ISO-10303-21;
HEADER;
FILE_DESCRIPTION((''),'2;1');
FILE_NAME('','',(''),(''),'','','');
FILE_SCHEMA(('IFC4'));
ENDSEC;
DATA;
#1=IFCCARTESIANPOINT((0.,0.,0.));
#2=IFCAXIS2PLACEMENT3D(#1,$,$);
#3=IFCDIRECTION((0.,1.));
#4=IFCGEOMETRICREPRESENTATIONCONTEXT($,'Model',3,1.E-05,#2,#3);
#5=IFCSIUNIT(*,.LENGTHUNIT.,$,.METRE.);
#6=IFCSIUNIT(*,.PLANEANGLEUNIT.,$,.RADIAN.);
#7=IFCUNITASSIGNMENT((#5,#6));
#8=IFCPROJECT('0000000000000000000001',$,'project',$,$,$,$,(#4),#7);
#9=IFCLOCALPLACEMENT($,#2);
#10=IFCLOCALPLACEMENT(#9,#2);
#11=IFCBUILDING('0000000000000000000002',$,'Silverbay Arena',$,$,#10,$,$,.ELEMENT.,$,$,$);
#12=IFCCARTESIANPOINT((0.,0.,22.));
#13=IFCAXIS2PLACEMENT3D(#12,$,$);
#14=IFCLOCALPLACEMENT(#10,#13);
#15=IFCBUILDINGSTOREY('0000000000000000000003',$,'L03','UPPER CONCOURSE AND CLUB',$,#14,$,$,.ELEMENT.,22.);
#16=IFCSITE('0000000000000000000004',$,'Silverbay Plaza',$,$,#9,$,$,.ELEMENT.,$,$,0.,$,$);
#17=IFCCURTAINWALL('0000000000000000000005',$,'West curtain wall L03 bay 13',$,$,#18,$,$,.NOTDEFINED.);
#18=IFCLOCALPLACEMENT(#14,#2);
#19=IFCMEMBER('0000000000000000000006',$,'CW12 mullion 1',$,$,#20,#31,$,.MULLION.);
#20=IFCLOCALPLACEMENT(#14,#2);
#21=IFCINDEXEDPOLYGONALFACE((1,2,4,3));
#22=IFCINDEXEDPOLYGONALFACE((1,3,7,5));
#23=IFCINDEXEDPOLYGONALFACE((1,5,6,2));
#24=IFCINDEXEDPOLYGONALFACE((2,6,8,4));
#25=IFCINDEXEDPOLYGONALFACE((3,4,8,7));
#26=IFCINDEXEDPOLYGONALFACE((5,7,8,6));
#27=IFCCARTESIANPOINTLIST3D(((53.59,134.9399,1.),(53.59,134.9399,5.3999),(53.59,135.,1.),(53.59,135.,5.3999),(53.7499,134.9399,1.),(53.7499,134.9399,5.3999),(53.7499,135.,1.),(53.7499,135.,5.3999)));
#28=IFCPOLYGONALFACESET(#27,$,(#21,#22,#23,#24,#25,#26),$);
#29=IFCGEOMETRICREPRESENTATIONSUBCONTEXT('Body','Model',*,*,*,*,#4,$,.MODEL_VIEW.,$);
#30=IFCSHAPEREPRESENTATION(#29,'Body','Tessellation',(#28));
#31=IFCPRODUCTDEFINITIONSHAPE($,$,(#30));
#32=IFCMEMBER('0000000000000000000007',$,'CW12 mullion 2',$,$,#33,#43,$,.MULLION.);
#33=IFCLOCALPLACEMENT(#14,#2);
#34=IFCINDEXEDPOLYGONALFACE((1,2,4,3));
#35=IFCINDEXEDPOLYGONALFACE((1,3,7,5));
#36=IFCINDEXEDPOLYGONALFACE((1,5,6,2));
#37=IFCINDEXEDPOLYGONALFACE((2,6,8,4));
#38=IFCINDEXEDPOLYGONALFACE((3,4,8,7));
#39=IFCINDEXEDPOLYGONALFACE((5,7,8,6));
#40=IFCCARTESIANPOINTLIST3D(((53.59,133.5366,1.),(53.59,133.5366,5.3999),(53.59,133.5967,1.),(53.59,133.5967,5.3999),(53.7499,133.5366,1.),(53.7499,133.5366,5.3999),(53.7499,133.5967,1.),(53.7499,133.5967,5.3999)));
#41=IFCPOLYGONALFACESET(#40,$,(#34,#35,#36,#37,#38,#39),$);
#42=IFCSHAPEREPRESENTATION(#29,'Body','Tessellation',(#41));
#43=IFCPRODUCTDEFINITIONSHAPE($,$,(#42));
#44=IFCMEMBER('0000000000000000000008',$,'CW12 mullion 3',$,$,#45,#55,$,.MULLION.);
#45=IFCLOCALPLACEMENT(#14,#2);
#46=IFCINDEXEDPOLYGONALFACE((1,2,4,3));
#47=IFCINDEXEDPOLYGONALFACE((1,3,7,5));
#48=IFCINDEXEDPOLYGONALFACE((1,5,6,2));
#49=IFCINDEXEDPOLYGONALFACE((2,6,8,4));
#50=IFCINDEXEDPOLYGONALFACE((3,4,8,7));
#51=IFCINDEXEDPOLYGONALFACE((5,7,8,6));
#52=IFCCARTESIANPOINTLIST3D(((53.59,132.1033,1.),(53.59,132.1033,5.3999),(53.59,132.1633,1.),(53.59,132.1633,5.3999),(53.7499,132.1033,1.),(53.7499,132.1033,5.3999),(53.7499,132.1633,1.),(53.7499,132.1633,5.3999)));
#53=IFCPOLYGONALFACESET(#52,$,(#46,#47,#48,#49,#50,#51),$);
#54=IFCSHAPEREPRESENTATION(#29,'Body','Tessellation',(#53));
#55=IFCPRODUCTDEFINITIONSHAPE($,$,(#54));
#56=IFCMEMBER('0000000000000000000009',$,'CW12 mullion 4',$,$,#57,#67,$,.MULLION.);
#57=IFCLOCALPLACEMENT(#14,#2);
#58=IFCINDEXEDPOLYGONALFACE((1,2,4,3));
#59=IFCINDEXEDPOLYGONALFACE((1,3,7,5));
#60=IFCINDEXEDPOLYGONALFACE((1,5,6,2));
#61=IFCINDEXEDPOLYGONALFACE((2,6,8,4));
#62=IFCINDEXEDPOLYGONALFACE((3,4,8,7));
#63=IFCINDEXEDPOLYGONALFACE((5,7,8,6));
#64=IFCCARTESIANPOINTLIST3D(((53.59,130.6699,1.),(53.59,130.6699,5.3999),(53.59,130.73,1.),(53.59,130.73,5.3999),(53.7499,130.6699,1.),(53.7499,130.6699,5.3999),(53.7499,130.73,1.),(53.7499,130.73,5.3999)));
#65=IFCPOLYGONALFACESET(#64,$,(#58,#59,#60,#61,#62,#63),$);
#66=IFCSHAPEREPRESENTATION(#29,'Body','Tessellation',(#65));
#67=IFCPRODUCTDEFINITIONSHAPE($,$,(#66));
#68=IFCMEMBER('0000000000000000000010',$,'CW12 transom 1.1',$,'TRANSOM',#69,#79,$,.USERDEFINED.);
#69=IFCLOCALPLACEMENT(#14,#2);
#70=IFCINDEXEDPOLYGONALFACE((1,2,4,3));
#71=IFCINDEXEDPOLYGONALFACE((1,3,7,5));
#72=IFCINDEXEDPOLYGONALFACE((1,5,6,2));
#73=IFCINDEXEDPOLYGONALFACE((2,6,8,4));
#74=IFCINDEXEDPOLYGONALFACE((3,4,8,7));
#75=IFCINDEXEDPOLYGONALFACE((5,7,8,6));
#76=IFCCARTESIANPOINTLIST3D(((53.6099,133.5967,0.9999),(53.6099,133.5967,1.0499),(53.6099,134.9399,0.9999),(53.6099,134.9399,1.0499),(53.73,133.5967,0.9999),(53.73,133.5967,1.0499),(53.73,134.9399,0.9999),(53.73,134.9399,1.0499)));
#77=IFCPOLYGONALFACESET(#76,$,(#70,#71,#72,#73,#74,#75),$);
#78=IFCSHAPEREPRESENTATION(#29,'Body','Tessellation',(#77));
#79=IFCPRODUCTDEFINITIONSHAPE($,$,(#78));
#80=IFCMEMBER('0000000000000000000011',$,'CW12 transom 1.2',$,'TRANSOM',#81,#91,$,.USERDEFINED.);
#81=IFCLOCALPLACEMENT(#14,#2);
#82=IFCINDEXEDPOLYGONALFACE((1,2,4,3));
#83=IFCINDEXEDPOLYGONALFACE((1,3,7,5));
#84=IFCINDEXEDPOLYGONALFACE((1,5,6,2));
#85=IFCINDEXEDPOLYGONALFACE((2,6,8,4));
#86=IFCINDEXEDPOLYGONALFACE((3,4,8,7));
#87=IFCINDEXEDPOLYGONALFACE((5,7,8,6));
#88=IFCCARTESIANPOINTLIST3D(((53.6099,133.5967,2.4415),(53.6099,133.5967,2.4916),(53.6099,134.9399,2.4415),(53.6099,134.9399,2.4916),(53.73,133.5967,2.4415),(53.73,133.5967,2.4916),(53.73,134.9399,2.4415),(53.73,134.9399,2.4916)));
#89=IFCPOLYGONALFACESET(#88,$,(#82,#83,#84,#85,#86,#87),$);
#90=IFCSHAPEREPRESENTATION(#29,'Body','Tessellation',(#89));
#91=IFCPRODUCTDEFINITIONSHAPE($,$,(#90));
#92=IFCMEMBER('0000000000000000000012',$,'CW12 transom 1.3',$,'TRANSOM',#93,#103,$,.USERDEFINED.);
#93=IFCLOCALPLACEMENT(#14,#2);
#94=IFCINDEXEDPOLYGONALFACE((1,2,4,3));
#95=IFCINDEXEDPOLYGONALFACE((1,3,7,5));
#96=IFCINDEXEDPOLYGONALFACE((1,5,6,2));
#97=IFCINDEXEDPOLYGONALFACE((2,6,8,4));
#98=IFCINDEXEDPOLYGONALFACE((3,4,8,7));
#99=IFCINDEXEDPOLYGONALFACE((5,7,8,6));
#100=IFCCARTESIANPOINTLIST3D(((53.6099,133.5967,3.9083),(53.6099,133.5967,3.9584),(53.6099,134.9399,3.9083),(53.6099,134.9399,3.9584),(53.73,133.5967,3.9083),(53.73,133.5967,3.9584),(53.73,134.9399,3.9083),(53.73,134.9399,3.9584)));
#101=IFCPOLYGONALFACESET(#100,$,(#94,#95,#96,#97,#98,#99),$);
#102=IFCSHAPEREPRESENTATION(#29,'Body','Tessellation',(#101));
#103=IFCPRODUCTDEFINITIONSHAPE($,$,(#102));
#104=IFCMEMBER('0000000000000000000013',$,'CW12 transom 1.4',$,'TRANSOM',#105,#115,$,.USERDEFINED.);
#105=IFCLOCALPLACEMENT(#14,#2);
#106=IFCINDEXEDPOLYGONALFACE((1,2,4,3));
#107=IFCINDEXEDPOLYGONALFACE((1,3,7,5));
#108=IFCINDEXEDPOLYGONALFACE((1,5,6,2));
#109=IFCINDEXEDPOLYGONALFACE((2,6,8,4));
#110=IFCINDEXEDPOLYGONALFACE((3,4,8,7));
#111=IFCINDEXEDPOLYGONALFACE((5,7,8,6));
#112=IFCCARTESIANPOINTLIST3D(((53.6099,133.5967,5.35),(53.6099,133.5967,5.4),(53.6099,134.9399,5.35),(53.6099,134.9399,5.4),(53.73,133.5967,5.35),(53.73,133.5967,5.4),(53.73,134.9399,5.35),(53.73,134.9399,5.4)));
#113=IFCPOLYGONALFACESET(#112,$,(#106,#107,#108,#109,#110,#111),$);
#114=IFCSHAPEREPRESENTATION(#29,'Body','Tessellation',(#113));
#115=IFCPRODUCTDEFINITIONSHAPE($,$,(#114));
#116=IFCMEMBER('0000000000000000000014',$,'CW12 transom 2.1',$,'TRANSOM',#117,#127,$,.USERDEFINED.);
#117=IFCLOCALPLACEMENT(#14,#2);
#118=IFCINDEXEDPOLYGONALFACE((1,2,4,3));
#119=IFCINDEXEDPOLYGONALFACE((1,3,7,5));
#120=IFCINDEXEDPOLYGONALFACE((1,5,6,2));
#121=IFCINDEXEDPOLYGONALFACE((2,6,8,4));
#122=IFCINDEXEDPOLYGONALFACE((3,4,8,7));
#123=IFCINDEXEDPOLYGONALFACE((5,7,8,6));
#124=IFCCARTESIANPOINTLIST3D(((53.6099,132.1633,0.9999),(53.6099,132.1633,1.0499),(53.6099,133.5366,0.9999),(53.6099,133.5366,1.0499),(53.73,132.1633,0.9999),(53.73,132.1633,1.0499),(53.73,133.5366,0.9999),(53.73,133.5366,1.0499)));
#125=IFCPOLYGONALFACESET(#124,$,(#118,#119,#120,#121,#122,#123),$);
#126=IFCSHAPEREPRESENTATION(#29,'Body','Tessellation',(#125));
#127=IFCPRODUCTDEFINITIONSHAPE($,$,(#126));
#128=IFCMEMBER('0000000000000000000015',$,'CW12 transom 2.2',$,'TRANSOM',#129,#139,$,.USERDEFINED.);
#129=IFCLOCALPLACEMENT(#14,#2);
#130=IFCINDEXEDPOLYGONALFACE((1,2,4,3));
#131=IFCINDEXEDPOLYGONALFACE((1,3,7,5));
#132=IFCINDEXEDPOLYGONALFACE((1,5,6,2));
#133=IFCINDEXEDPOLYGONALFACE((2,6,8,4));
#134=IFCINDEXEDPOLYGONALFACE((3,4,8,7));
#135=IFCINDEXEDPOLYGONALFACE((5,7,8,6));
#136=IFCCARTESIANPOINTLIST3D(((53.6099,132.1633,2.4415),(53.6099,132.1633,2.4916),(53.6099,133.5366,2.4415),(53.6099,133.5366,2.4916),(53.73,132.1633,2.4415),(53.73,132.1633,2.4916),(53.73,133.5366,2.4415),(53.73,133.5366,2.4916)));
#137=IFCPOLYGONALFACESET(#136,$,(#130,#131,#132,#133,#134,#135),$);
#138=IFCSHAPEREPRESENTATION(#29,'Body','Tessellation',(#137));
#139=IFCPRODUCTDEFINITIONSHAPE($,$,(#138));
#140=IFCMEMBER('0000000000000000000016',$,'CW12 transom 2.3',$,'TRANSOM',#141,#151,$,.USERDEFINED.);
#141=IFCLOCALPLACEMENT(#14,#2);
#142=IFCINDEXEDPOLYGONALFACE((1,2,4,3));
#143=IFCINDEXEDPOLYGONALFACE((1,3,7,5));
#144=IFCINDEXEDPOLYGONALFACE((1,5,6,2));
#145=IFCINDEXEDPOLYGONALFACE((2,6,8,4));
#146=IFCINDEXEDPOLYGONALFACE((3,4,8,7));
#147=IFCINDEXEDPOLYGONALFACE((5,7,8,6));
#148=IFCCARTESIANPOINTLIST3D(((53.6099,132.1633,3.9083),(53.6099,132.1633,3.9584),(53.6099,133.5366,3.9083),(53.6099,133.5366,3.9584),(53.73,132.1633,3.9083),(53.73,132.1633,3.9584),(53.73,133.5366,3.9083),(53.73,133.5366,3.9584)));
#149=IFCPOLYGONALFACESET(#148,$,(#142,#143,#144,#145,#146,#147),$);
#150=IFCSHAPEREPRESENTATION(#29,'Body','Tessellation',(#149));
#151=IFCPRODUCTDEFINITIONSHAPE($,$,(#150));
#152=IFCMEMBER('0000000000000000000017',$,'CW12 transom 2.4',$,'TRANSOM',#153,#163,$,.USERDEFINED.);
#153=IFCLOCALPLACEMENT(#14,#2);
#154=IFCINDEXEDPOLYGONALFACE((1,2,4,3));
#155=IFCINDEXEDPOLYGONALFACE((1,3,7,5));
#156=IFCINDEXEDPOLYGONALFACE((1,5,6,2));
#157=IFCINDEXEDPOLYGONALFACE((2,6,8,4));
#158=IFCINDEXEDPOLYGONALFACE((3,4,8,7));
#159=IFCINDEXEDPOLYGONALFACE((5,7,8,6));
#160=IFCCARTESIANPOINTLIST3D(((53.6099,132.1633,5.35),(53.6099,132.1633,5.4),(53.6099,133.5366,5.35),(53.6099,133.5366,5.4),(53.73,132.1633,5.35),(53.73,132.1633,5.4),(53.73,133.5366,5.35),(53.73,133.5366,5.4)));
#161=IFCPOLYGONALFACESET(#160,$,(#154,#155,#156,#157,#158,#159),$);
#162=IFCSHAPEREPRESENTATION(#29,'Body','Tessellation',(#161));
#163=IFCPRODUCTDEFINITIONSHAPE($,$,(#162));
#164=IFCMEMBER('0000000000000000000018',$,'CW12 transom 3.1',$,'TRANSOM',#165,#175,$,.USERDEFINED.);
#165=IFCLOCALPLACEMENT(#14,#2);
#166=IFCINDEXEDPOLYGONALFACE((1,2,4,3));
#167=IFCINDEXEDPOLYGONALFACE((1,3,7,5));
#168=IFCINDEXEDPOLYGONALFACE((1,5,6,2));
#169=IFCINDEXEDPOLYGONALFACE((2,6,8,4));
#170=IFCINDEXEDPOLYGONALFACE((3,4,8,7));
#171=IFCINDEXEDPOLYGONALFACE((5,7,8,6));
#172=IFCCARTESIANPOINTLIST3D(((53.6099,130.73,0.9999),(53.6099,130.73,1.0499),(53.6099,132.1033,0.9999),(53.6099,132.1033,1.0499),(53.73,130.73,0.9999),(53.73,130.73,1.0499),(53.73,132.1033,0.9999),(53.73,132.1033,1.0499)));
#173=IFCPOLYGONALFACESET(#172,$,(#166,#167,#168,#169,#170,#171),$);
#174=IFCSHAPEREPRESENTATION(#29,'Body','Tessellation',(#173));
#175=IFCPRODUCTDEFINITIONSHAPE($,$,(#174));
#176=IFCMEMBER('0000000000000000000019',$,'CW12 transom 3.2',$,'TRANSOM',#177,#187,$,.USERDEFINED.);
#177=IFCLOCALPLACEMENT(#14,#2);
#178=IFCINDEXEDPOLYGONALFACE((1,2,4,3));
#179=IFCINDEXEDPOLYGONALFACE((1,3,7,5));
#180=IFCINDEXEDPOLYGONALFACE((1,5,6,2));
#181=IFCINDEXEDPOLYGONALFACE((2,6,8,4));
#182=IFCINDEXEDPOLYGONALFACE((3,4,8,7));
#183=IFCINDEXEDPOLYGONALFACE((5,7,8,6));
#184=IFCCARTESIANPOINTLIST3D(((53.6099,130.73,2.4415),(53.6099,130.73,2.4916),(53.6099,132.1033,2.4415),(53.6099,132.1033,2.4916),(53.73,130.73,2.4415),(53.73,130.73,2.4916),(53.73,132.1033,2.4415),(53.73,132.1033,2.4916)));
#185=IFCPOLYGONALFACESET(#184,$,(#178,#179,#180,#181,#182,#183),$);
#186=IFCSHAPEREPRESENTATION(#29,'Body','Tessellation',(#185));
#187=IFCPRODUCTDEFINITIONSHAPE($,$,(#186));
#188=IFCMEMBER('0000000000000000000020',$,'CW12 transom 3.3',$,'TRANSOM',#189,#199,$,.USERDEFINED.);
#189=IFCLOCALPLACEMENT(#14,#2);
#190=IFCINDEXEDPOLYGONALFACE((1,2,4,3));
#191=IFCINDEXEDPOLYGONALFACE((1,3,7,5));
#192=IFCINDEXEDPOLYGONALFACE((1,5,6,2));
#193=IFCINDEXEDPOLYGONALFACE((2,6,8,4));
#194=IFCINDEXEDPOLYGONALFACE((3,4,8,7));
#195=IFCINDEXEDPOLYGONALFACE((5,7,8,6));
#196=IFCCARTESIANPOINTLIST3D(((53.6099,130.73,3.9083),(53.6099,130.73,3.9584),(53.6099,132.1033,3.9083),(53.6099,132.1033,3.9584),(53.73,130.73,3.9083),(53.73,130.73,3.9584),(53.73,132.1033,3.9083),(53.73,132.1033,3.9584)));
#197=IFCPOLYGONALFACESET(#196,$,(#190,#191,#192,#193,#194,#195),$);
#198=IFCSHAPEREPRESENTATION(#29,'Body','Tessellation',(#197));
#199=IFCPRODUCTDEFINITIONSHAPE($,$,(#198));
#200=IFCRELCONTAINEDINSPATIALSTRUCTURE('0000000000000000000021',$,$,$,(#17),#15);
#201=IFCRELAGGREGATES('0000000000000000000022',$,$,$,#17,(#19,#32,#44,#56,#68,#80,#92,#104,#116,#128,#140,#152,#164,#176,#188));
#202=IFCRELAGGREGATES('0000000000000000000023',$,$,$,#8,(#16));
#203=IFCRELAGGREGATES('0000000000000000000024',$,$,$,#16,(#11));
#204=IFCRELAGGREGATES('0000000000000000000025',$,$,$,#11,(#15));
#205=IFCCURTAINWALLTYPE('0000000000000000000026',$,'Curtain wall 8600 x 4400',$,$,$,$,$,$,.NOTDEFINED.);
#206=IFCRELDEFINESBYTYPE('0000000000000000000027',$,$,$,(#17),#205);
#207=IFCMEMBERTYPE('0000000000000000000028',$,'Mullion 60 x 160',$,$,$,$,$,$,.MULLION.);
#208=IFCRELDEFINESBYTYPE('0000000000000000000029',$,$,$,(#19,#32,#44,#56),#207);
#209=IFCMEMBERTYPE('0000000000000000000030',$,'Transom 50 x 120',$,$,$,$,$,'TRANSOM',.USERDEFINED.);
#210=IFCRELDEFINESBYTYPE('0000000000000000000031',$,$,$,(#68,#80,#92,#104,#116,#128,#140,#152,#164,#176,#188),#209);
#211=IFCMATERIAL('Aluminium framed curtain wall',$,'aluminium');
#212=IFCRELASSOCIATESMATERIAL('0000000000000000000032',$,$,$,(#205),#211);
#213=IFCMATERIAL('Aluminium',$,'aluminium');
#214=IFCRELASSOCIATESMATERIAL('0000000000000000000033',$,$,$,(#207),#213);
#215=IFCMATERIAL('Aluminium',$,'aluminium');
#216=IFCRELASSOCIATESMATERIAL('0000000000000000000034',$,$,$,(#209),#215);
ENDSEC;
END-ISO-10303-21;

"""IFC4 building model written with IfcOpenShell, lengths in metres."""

from ifc_helpers import new_model, si_unit, direction, frame, origin, origin_2d, place, context, subcontext, project, spatial, rectangle, extrude, material, material_profile, profile_set, type_object, element, aggregate, save


model = new_model("IFC4")

# Units and contexts
model_context = context("Model", 3, precision=1e-05, world=origin(), true_north=direction((0.0, 1.0)))
body_context = subcontext(model_context, "Body", "Model", "MODEL_VIEW")
ifc_project = project(units=[si_unit("LENGTHUNIT", "METRE"), si_unit("PLANEANGLEUNIT", "RADIAN")], contexts=[model_context])

# Site, building, storey
site_placement = place(None, origin())
site = spatial("IfcSite", under=ifc_project, at=site_placement, Name="Silverbay Plaza", CompositionType="ELEMENT", RefElevation=0.0)
building_placement = place(site_placement, origin())
building = spatial("IfcBuilding", under=site, at=building_placement, Name="Silverbay Arena", CompositionType="ELEMENT")
storey_placement = place(building_placement, frame((0.0, 0.0, 22.0)))
storey = spatial("IfcBuildingStorey", under=building, at=storey_placement, Name="L03", Description="UPPER CONCOURSE AND CLUB", CompositionType="ELEMENT", Elevation=22.0)

# Curtain wall, members
ifc_material_1 = material(Name="Aluminium framed curtain wall", Category="aluminium")
curtain_wall_type = type_object("IfcCurtainWallType", Name="Curtain wall 8600 x 4400", PredefinedType="NOTDEFINED", material=ifc_material_1)
curtain_wall_placement = place(storey_placement, origin())
curtain_wall = element("IfcCurtainWall", 1, at=curtain_wall_placement, inside=storey, type_object=curtain_wall_type, Name="West curtain wall L03 bay 13", PredefinedType="NOTDEFINED")
ifc_material_2 = material(Name="Aluminium", Category="aluminium")
ifc_material_profile_1 = material_profile(ifc_material_2, rectangle(XDim=0.1599, YDim=0.0601, at=origin_2d()), Name="Mullion 60 x 160")
ifc_profile_set_1 = profile_set([ifc_material_profile_1], Name="Aluminium")
member_type_1 = type_object("IfcMemberType", Name="Mullion 60 x 160", PredefinedType="MULLION", material=ifc_profile_set_1)
member_1_placement = place(storey_placement, frame((53.6699, 134.97, 1.0), z_axis=(0.0, 0.0, 1.0), x_axis=(1.0, 0.0, 0.0)))
member_1 = element("IfcMember", 2, at=member_1_placement, type_object=member_type_1, Name="CW12 mullion 1", PredefinedType="MULLION", context=body_context, shape_type="SweptSolid", body=[
    extrude(rectangle(XDim=0.1599, YDim=0.0601, at=origin_2d()), origin(), (0.0, 0.0, 1.0), 4.3999),
])
member_2_placement = place(storey_placement, frame((53.6699, 133.5667, 1.0), z_axis=(0.0, 0.0, 1.0), x_axis=(1.0, 0.0, 0.0)))
member_2 = element("IfcMember", 3, at=member_2_placement, type_object=member_type_1, Name="CW12 mullion 2", PredefinedType="MULLION", context=body_context, shape_type="SweptSolid", body=[
    extrude(rectangle(XDim=0.1599, YDim=0.0601, at=origin_2d()), origin(), (0.0, 0.0, 1.0), 4.3999),
])
member_3_placement = place(storey_placement, frame((53.6699, 132.1333, 1.0), z_axis=(0.0, 0.0, 1.0), x_axis=(1.0, 0.0, 0.0)))
member_3 = element("IfcMember", 4, at=member_3_placement, type_object=member_type_1, Name="CW12 mullion 3", PredefinedType="MULLION", context=body_context, shape_type="SweptSolid", body=[
    extrude(rectangle(XDim=0.1599, YDim=0.0601, at=origin_2d()), origin(), (0.0, 0.0, 1.0), 4.3999),
])
member_4_placement = place(storey_placement, frame((53.6699, 130.7, 1.0), z_axis=(0.0, 0.0, 1.0), x_axis=(1.0, 0.0, 0.0)))
member_4 = element("IfcMember", 5, at=member_4_placement, type_object=member_type_1, Name="CW12 mullion 4", PredefinedType="MULLION", context=body_context, shape_type="SweptSolid", body=[
    extrude(rectangle(XDim=0.1599, YDim=0.0601, at=origin_2d()), origin(), (0.0, 0.0, 1.0), 4.3999),
])
ifc_material_3 = material(Name="Aluminium", Category="aluminium")
ifc_material_profile_2 = material_profile(ifc_material_3, rectangle(XDim=0.1201, YDim=0.05, at=origin_2d()), Name="Transom 50 x 120")
ifc_profile_set_2 = profile_set([ifc_material_profile_2], Name="Aluminium")
member_type_2 = type_object("IfcMemberType", Name="Transom 50 x 120", ElementType="TRANSOM", PredefinedType="USERDEFINED", material=ifc_profile_set_2)
member_5_placement = place(storey_placement, frame((53.6699, 134.9399, 1.0249), z_axis=(0.0, -1.0, 0.0), x_axis=(1.0, 0.0, 0.0)))
member_5 = element("IfcMember", 6, at=member_5_placement, type_object=member_type_2, Name="CW12 transom 1.1", ObjectType="TRANSOM", PredefinedType="USERDEFINED", context=body_context, shape_type="SweptSolid", body=[
    extrude(rectangle(XDim=0.1201, YDim=0.05, at=origin_2d()), origin(), (0.0, 0.0, 1.0), 1.3433),
])
member_6_placement = place(storey_placement, frame((53.6699, 134.9399, 2.4666), z_axis=(0.0, -1.0, 0.0), x_axis=(1.0, 0.0, 0.0)))
member_6 = element("IfcMember", 7, at=member_6_placement, type_object=member_type_2, Name="CW12 transom 1.2", ObjectType="TRANSOM", PredefinedType="USERDEFINED", context=body_context, shape_type="SweptSolid", body=[
    extrude(rectangle(XDim=0.1201, YDim=0.05, at=origin_2d()), origin(), (0.0, 0.0, 1.0), 1.3433),
])
member_7_placement = place(storey_placement, frame((53.6699, 134.9399, 3.9333), z_axis=(0.0, -1.0, 0.0), x_axis=(1.0, 0.0, 0.0)))
member_7 = element("IfcMember", 8, at=member_7_placement, type_object=member_type_2, Name="CW12 transom 1.3", ObjectType="TRANSOM", PredefinedType="USERDEFINED", context=body_context, shape_type="SweptSolid", body=[
    extrude(rectangle(XDim=0.1201, YDim=0.05, at=origin_2d()), origin(), (0.0, 0.0, 1.0), 1.3433),
])
member_8_placement = place(storey_placement, frame((53.6699, 134.9399, 5.375), z_axis=(0.0, -1.0, 0.0), x_axis=(1.0, 0.0, 0.0)))
member_8 = element("IfcMember", 9, at=member_8_placement, type_object=member_type_2, Name="CW12 transom 1.4", ObjectType="TRANSOM", PredefinedType="USERDEFINED", context=body_context, shape_type="SweptSolid", body=[
    extrude(rectangle(XDim=0.1201, YDim=0.05, at=origin_2d()), origin(), (0.0, 0.0, 1.0), 1.3433),
])
member_9_placement = place(storey_placement, frame((53.6699, 133.5366, 1.0249), z_axis=(0.0, -1.0, 0.0), x_axis=(1.0, 0.0, 0.0)))
member_9 = element("IfcMember", 10, at=member_9_placement, type_object=member_type_2, Name="CW12 transom 2.1", ObjectType="TRANSOM", PredefinedType="USERDEFINED", context=body_context, shape_type="SweptSolid", body=[
    extrude(rectangle(XDim=0.1201, YDim=0.05, at=origin_2d()), origin(), (0.0, 0.0, 1.0), 1.3733),
])
member_10_placement = place(storey_placement, frame((53.6699, 133.5366, 2.4666), z_axis=(0.0, -1.0, 0.0), x_axis=(1.0, 0.0, 0.0)))
member_10 = element("IfcMember", 11, at=member_10_placement, type_object=member_type_2, Name="CW12 transom 2.2", ObjectType="TRANSOM", PredefinedType="USERDEFINED", context=body_context, shape_type="SweptSolid", body=[
    extrude(rectangle(XDim=0.1201, YDim=0.05, at=origin_2d()), origin(), (0.0, 0.0, 1.0), 1.3733),
])
member_11_placement = place(storey_placement, frame((53.6699, 133.5366, 3.9333), z_axis=(0.0, -1.0, 0.0), x_axis=(1.0, 0.0, 0.0)))
member_11 = element("IfcMember", 12, at=member_11_placement, type_object=member_type_2, Name="CW12 transom 2.3", ObjectType="TRANSOM", PredefinedType="USERDEFINED", context=body_context, shape_type="SweptSolid", body=[
    extrude(rectangle(XDim=0.1201, YDim=0.05, at=origin_2d()), origin(), (0.0, 0.0, 1.0), 1.3733),
])
member_12_placement = place(storey_placement, frame((53.6699, 133.5366, 5.375), z_axis=(0.0, -1.0, 0.0), x_axis=(1.0, 0.0, 0.0)))
member_12 = element("IfcMember", 13, at=member_12_placement, type_object=member_type_2, Name="CW12 transom 2.4", ObjectType="TRANSOM", PredefinedType="USERDEFINED", context=body_context, shape_type="SweptSolid", body=[
    extrude(rectangle(XDim=0.1201, YDim=0.05, at=origin_2d()), origin(), (0.0, 0.0, 1.0), 1.3733),
])
member_13_placement = place(storey_placement, frame((53.6699, 132.1033, 1.0249), z_axis=(0.0, -1.0, 0.0), x_axis=(1.0, 0.0, 0.0)))
member_13 = element("IfcMember", 14, at=member_13_placement, type_object=member_type_2, Name="CW12 transom 3.1", ObjectType="TRANSOM", PredefinedType="USERDEFINED", context=body_context, shape_type="SweptSolid", body=[
    extrude(rectangle(XDim=0.1201, YDim=0.05, at=origin_2d()), origin(), (0.0, 0.0, 1.0), 1.3733),
])
member_14_placement = place(storey_placement, frame((53.6699, 132.1033, 2.4666), z_axis=(0.0, -1.0, 0.0), x_axis=(1.0, 0.0, 0.0)))
member_14 = element("IfcMember", 15, at=member_14_placement, type_object=member_type_2, Name="CW12 transom 3.2", ObjectType="TRANSOM", PredefinedType="USERDEFINED", context=body_context, shape_type="SweptSolid", body=[
    extrude(rectangle(XDim=0.1201, YDim=0.05, at=origin_2d()), origin(), (0.0, 0.0, 1.0), 1.3733),
])
member_15_placement = place(storey_placement, frame((53.6699, 132.1033, 3.9333), z_axis=(0.0, -1.0, 0.0), x_axis=(1.0, 0.0, 0.0)))
member_15 = element("IfcMember", 16, at=member_15_placement, type_object=member_type_2, Name="CW12 transom 3.3", ObjectType="TRANSOM", PredefinedType="USERDEFINED", context=body_context, shape_type="SweptSolid", body=[
    extrude(rectangle(XDim=0.1201, YDim=0.05, at=origin_2d()), origin(), (0.0, 0.0, 1.0), 1.3733),
])
aggregate(curtain_wall, [member_1, member_2, member_3, member_4, member_5, member_6, member_7, member_8, member_9, member_10, member_11, member_12, member_13, member_14, member_15])

save(model, "model.ifc")
